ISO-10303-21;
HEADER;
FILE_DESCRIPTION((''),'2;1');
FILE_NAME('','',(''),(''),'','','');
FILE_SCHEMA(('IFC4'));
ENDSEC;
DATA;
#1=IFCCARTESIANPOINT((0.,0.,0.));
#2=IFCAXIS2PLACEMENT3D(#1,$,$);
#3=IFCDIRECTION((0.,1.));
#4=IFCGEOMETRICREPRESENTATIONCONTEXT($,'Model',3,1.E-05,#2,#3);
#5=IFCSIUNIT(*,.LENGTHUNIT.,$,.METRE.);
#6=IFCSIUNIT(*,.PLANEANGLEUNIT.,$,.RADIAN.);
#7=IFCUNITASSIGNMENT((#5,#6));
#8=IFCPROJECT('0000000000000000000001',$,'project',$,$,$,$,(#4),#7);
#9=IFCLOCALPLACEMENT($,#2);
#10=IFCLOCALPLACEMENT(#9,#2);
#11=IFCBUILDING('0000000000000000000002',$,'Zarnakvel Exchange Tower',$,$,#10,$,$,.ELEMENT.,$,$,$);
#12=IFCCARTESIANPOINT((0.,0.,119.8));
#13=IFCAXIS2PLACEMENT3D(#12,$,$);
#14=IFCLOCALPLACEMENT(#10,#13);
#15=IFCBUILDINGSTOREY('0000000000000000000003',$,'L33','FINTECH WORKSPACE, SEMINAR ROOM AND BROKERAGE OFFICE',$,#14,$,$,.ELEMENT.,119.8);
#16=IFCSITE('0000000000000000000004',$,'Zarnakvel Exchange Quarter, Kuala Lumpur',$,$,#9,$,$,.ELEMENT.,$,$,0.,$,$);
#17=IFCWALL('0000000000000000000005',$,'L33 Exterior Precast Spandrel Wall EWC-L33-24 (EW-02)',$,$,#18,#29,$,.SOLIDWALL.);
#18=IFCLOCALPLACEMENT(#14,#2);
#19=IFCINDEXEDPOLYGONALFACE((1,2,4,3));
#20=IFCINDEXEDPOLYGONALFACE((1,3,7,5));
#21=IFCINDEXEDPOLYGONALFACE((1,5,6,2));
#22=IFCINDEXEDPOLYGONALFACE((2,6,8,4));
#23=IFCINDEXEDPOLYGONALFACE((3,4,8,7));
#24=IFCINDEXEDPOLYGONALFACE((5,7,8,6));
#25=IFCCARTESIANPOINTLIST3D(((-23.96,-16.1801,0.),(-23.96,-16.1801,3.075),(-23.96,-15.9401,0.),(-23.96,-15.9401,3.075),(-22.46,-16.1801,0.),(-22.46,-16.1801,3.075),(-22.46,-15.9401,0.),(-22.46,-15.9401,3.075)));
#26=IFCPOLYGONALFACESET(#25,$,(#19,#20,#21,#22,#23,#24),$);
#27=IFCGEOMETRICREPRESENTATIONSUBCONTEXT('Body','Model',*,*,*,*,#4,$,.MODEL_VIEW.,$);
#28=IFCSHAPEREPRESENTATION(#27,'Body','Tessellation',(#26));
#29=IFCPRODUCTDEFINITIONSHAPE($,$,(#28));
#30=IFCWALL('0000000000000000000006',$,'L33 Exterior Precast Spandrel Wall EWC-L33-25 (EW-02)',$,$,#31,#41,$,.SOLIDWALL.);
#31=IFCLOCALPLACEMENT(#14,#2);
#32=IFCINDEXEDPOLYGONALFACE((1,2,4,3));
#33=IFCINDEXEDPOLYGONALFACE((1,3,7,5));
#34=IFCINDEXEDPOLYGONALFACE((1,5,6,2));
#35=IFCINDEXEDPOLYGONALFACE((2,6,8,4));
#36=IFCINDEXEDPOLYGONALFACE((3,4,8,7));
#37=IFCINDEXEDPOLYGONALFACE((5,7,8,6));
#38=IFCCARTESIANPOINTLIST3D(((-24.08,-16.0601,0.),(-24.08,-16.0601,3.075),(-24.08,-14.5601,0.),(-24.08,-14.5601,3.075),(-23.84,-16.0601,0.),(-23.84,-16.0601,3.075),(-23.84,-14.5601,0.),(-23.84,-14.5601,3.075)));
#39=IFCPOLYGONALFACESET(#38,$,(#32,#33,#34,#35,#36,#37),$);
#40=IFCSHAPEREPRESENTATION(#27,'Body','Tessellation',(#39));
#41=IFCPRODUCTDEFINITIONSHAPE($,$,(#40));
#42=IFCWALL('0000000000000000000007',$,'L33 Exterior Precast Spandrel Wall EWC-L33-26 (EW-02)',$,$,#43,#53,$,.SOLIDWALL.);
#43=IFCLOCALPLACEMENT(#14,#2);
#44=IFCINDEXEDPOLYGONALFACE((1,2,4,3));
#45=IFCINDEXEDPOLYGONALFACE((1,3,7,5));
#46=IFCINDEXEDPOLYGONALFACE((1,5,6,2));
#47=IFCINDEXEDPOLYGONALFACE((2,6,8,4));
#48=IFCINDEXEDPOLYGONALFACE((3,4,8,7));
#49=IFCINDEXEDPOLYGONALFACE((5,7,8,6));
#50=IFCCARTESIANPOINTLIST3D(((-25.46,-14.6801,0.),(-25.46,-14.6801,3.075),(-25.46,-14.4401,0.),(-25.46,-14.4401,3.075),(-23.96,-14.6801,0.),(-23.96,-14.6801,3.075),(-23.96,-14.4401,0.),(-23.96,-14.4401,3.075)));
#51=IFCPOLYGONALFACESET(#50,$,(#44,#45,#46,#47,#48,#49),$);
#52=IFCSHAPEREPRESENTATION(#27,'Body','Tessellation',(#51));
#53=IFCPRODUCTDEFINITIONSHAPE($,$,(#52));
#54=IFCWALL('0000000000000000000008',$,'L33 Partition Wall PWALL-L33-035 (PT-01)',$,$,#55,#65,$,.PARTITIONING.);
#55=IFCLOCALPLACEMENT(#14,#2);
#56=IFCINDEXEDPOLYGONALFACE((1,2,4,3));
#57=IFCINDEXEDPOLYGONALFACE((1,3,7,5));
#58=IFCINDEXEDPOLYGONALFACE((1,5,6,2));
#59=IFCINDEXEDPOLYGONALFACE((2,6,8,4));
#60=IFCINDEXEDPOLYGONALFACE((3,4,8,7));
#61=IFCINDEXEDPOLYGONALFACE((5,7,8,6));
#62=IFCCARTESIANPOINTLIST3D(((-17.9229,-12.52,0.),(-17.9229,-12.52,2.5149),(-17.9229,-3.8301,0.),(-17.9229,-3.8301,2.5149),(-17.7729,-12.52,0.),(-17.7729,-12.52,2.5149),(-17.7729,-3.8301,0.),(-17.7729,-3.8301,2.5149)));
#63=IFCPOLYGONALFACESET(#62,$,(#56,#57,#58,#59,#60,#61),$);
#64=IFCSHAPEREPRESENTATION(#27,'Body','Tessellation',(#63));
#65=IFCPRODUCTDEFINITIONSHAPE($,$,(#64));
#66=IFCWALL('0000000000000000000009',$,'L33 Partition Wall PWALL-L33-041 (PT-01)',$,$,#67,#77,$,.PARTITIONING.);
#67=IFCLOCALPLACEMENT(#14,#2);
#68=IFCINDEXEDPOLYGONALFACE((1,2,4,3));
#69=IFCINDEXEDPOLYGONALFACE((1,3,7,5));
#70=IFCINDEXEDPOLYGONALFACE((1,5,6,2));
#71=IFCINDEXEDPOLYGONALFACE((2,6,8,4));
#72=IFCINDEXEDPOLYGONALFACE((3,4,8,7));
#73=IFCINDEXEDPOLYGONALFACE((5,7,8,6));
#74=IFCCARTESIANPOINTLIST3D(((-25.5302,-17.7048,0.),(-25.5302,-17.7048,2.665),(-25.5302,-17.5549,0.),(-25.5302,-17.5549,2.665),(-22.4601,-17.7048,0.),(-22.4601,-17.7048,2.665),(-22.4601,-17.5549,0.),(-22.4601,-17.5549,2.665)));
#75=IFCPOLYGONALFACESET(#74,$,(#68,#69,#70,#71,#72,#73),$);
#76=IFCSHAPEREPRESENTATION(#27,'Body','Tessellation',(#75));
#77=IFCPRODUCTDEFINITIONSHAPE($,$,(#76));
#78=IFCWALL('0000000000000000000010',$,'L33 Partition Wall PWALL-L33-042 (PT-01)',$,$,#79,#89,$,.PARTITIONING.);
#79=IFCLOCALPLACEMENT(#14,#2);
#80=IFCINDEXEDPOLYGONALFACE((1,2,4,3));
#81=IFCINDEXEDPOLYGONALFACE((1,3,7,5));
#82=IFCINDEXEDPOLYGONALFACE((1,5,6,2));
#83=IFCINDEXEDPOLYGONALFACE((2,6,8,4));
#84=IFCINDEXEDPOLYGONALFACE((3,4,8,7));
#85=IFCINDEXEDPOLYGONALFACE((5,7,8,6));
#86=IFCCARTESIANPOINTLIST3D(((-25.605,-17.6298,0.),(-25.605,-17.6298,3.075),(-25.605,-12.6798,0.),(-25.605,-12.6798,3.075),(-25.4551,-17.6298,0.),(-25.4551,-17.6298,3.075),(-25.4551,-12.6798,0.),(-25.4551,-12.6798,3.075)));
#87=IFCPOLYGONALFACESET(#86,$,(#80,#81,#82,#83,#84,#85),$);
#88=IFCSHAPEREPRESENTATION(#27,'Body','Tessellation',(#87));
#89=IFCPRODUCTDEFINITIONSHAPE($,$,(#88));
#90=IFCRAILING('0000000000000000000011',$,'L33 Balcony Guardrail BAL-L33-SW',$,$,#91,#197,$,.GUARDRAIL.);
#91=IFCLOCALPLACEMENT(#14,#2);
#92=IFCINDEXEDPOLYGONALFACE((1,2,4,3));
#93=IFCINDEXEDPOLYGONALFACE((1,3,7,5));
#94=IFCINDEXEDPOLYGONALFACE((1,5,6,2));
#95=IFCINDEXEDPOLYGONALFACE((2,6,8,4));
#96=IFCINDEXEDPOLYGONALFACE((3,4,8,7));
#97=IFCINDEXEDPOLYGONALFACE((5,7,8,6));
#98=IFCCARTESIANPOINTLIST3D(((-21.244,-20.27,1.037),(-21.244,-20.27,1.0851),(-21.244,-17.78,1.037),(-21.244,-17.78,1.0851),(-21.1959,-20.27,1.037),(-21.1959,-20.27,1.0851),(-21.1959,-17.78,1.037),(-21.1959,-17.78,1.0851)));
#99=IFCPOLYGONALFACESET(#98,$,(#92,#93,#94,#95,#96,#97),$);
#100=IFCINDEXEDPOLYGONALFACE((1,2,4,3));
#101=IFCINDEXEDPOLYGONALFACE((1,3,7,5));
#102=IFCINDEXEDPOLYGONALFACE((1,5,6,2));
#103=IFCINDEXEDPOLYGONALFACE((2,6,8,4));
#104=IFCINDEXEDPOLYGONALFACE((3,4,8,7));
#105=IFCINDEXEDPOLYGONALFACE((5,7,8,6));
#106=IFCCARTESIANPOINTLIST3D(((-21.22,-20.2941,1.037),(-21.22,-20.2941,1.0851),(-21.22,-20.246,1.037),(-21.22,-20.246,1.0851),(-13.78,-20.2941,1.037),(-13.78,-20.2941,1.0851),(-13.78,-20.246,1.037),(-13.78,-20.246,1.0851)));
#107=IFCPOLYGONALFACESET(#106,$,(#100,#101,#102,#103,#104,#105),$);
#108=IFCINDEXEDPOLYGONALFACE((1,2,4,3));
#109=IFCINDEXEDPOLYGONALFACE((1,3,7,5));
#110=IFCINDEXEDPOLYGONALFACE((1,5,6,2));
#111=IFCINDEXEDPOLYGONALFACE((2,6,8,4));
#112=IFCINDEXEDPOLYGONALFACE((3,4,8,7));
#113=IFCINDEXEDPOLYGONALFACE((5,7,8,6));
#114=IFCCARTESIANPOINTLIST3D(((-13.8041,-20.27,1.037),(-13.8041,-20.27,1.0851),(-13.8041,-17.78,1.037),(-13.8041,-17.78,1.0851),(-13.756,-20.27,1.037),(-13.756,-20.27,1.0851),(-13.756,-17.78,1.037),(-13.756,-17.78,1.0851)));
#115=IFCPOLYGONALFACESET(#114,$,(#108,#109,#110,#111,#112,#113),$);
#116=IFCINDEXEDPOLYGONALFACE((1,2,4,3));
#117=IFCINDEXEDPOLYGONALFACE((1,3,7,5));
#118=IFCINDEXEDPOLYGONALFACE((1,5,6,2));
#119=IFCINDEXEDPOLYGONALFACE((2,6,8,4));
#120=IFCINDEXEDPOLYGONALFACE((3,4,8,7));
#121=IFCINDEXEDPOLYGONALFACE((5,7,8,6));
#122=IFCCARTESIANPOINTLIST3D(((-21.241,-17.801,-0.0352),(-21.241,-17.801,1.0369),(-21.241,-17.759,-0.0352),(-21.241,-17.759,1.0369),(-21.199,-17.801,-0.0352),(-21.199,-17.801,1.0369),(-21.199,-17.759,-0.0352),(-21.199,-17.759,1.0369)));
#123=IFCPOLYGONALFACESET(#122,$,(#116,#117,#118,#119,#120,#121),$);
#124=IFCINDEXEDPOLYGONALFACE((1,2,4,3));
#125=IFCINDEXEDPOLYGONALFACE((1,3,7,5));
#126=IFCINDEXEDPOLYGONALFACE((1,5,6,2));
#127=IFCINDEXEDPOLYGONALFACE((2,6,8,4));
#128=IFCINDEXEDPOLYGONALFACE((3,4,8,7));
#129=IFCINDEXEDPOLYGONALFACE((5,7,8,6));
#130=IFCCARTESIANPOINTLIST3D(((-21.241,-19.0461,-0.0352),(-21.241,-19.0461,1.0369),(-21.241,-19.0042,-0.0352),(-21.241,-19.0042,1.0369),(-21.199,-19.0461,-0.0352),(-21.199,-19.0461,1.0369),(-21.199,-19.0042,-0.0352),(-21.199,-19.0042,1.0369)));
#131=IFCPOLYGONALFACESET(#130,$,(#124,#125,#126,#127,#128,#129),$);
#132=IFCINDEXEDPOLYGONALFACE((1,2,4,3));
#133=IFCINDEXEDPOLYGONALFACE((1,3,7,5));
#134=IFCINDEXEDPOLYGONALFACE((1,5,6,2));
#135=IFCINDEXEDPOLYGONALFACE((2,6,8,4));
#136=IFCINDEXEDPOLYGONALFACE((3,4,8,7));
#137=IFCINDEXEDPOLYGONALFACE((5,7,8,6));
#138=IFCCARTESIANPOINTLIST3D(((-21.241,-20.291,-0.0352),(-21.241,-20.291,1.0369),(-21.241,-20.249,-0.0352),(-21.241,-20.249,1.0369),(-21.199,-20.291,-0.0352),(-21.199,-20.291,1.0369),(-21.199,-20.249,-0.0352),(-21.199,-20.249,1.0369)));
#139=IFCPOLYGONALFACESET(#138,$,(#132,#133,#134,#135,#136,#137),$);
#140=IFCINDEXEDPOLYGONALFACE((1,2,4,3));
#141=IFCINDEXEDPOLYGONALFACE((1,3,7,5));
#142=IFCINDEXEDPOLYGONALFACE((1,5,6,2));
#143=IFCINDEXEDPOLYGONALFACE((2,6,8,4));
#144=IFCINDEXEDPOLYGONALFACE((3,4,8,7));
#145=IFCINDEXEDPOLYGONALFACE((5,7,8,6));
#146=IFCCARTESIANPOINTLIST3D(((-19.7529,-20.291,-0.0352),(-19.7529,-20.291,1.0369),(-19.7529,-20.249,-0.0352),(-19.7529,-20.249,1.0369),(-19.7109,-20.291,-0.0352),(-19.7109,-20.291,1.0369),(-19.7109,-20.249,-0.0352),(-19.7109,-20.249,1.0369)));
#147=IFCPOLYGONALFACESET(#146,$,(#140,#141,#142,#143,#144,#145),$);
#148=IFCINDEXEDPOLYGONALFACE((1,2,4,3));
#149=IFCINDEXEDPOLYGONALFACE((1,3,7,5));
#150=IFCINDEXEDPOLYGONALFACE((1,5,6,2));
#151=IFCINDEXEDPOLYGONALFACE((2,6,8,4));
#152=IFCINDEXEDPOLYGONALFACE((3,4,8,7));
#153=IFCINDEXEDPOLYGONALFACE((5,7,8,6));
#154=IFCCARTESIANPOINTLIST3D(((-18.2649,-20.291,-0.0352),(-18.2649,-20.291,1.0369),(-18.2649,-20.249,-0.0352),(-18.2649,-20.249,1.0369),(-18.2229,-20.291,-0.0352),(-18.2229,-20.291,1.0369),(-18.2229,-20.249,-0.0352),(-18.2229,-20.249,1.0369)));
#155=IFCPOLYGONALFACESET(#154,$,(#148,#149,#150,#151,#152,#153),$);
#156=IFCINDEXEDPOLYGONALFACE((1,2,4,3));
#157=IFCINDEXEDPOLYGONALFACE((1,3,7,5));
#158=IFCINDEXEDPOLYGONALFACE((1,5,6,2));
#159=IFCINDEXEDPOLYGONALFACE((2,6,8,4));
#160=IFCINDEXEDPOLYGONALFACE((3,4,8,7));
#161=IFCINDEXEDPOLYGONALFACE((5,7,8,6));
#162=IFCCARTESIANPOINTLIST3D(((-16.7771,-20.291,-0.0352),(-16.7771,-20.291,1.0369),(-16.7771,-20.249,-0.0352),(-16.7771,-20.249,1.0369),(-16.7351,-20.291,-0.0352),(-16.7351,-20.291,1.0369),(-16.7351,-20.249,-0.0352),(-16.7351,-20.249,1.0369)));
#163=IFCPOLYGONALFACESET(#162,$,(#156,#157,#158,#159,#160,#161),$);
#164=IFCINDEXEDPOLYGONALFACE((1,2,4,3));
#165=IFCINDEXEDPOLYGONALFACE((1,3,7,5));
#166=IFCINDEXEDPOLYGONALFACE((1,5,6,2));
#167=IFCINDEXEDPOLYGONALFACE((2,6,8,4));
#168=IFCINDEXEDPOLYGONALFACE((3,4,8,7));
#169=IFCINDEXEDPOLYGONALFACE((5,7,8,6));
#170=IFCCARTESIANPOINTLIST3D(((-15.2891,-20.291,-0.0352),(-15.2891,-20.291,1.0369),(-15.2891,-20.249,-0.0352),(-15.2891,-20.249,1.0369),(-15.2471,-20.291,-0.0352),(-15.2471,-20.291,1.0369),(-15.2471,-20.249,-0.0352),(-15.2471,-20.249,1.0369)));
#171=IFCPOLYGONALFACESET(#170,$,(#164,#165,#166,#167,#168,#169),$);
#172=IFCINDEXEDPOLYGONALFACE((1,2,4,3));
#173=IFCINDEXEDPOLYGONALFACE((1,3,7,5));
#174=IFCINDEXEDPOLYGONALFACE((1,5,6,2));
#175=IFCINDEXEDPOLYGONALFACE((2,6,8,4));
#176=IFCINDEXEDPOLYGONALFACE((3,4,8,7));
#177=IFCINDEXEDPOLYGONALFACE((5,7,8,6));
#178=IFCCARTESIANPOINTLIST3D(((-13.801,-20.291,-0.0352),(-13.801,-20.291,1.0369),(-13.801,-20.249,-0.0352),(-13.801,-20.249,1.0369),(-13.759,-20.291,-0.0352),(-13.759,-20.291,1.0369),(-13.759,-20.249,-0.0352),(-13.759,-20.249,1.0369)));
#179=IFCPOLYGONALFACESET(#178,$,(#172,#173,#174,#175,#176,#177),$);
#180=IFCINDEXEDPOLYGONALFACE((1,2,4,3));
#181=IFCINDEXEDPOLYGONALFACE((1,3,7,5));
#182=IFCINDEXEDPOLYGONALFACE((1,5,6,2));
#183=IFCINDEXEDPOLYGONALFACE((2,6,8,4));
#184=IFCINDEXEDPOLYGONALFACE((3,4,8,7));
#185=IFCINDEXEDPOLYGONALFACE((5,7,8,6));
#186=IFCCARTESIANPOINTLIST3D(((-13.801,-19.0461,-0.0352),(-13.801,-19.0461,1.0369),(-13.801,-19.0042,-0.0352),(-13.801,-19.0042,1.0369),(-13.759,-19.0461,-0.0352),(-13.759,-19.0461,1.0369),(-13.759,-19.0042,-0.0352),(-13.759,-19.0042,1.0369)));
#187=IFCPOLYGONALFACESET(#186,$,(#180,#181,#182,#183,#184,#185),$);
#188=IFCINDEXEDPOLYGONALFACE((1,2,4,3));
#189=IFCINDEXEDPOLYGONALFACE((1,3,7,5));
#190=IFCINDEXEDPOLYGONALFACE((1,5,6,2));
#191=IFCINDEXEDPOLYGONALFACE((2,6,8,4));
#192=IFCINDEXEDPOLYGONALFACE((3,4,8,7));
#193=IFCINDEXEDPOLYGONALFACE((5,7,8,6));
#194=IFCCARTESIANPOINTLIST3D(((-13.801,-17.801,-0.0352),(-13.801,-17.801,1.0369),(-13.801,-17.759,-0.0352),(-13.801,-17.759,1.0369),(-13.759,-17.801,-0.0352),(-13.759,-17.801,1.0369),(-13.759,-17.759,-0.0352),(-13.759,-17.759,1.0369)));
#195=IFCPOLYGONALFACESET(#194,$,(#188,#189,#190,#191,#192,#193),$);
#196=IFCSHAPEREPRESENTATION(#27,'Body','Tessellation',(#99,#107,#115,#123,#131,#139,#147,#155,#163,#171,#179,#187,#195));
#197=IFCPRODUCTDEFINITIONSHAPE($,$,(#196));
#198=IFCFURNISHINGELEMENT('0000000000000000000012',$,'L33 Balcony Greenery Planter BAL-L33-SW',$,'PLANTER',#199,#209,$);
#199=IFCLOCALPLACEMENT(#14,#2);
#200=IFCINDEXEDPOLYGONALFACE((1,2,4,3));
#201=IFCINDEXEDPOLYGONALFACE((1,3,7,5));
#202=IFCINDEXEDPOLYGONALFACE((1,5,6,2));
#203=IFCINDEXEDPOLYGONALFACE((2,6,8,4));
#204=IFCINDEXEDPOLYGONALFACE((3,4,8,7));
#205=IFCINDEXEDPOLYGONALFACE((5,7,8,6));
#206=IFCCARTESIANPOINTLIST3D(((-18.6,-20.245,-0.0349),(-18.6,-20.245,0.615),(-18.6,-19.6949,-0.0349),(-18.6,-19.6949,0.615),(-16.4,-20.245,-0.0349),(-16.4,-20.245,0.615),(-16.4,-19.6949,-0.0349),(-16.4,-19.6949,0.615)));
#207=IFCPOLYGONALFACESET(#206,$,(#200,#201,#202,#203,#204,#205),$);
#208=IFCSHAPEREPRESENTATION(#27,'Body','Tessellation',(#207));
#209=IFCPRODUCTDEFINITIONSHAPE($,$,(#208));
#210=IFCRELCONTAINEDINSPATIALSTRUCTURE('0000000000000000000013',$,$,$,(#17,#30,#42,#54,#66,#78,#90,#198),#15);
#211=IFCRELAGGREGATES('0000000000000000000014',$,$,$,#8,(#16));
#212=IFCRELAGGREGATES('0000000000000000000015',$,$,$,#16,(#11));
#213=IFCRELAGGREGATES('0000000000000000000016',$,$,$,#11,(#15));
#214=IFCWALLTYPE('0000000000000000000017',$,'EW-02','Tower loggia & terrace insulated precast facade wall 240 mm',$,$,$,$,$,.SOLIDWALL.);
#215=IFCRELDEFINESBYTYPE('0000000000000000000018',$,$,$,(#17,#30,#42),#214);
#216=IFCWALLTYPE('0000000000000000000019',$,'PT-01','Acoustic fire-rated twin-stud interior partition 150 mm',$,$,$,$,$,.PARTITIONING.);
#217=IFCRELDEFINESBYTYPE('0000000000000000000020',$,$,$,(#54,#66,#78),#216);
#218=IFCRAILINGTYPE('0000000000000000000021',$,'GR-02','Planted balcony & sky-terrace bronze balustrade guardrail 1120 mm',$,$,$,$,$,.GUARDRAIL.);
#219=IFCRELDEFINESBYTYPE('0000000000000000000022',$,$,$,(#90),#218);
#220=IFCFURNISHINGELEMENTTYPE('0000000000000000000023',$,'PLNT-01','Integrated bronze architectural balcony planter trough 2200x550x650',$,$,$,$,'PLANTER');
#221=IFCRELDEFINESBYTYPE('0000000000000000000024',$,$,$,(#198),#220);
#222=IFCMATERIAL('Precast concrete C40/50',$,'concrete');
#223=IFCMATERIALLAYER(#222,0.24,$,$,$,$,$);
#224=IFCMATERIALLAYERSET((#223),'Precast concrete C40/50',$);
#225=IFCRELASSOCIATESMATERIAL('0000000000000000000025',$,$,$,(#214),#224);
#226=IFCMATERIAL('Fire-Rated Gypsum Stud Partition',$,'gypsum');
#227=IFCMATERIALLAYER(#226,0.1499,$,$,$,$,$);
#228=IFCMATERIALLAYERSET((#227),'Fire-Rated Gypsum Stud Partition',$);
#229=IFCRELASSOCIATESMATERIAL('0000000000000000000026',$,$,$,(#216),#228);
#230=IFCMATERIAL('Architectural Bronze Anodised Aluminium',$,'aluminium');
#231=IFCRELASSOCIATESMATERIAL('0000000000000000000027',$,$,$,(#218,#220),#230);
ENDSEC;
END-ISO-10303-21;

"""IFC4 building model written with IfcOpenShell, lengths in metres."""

from ifc_helpers import new_model, si_unit, direction, frame, frame_2d, origin, origin_2d, place, context, subcontext, project, spatial, rectangle, extrude, source, transform, mapped, material, layer, layer_set, type_object, element, save


model = new_model("IFC4")

# Units and contexts
model_context = context("Model", 3, precision=1e-05, world=origin(), true_north=direction((0.0, 1.0)))
body_context = subcontext(model_context, "Body", "Model", "MODEL_VIEW")
ifc_project = project(units=[si_unit("LENGTHUNIT", "METRE"), si_unit("PLANEANGLEUNIT", "RADIAN")], contexts=[model_context])

# Site, building, storey
site_placement = place(None, origin())
site = spatial("IfcSite", under=ifc_project, at=site_placement, Name="Zarnakvel Exchange Quarter, Kuala Lumpur", CompositionType="ELEMENT", RefElevation=0.0)
building_placement = place(site_placement, origin())
building = spatial("IfcBuilding", under=site, at=building_placement, Name="Zarnakvel Exchange Tower", CompositionType="ELEMENT")
storey_placement = place(building_placement, frame((0.0, 0.0, 119.8)))
storey = spatial("IfcBuildingStorey", under=building, at=storey_placement, Name="L33", Description="FINTECH WORKSPACE, SEMINAR ROOM AND BROKERAGE OFFICE", CompositionType="ELEMENT", Elevation=119.8)

# Shared definitions
ifc_material_1 = material(Name="Architectural Bronze Anodised Aluminium", Category="aluminium")

# Walls
ifc_material_2 = material(Name="Precast concrete C40/50", Category="concrete")
ifc_layer_1 = layer(ifc_material_2, 0.24)
ifc_layer_set_1 = layer_set([ifc_layer_1], Name="Precast concrete C40/50")
wall_type_1 = type_object("IfcWallType", Name="EW-02", Description="Tower loggia & terrace insulated precast facade wall 240 mm", PredefinedType="SOLIDWALL", material=ifc_layer_set_1)
for number, where, z_axis, x_axis, name in (
    (1, (-23.96, -16.0601, 0.0), (0.0, 0.0, 1.0), (1.0, 0.0, 0.0), "L33 Exterior Precast Spandrel Wall EWC-L33-24 (EW-02)"),
    (2, (-23.96, -14.5601, 0.0), (0.0, 0.0, 1.0), (0.0, -1.0, 0.0), "L33 Exterior Precast Spandrel Wall EWC-L33-25 (EW-02)"),
    (3, (-25.46, -14.5601, 0.0), (0.0, 0.0, 1.0), (1.0, 0.0, 0.0), "L33 Exterior Precast Spandrel Wall EWC-L33-26 (EW-02)"),
):
    element("IfcWall", number, at=place(storey_placement, frame(where, z_axis=z_axis, x_axis=x_axis)), inside=storey, type_object=wall_type_1, Name=name, PredefinedType="SOLIDWALL", context=body_context, shape_type="SweptSolid", body=[
        extrude(rectangle(XDim=1.5, YDim=0.24, at=frame_2d((0.75, 0.0))), origin(), (0.0, 0.0, 1.0), 3.075),
    ])
ifc_material_3 = material(Name="Fire-Rated Gypsum Stud Partition", Category="gypsum")
ifc_layer_2 = layer(ifc_material_3, 0.1499)
ifc_layer_set_2 = layer_set([ifc_layer_2], Name="Fire-Rated Gypsum Stud Partition")
wall_type_2 = type_object("IfcWallType", Name="PT-01", Description="Acoustic fire-rated twin-stud interior partition 150 mm", PredefinedType="PARTITIONING", material=ifc_layer_set_2)
wall_1_placement = place(storey_placement, frame((-17.8479, -12.52, 0.0), z_axis=(0.0, 0.0, 1.0), x_axis=(0.0, 1.0, 0.0)))
element("IfcWall", 4, at=wall_1_placement, inside=storey, type_object=wall_type_2, Name="L33 Partition Wall PWALL-L33-035 (PT-01)", PredefinedType="PARTITIONING", context=body_context, shape_type="SweptSolid", body=[
    extrude(rectangle(XDim=8.6899, YDim=0.1499, at=frame_2d((4.345, 0.0))), origin(), (0.0, 0.0, 1.0), 2.5149),
])
wall_2_placement = place(storey_placement, frame((-22.46, -17.6299, 0.0), z_axis=(0.0, 0.0, 1.0), x_axis=(-1.0, 0.0, 0.0)))
element("IfcWall", 5, at=wall_2_placement, inside=storey, type_object=wall_type_2, Name="L33 Partition Wall PWALL-L33-041 (PT-01)", PredefinedType="PARTITIONING", context=body_context, shape_type="SweptSolid", body=[
    extrude(rectangle(XDim=3.0701, YDim=0.1499, at=frame_2d((1.5352, 0.0))), origin(), (0.0, 0.0, 1.0), 2.665),
])
wall_3_placement = place(storey_placement, frame((-25.53, -17.6299, 0.0), z_axis=(0.0, 0.0, 1.0), x_axis=(0.0, 1.0, 0.0)))
element("IfcWall", 6, at=wall_3_placement, inside=storey, type_object=wall_type_2, Name="L33 Partition Wall PWALL-L33-042 (PT-01)", PredefinedType="PARTITIONING", context=body_context, shape_type="SweptSolid", body=[
    extrude(rectangle(XDim=4.95, YDim=0.1499, at=frame_2d((2.4751, 0.0))), origin(), (0.0, 0.0, 1.0), 3.075),
])

# Railing
railing_type = type_object("IfcRailingType", Name="GR-02", Description="Planted balcony & sky-terrace bronze balustrade guardrail 1120 mm", PredefinedType="GUARDRAIL", material=ifc_material_1)
railing_placement = place(storey_placement, frame((-21.22, -17.78, -0.0352)))
element("IfcRailing", 7, at=railing_placement, inside=storey, type_object=railing_type, Name="L33 Balcony Guardrail BAL-L33-SW", PredefinedType="GUARDRAIL", context=body_context, shape_type="SweptSolid", body=[
    extrude(rectangle(XDim=0.0481, YDim=0.0481, at=origin_2d()), frame((0.0, 0.0, 1.0962), z_axis=(0.0, -1.0, 0.0), x_axis=(1.0, 0.0, 0.0)), (0.0, 0.0, 1.0), 2.49),
    extrude(rectangle(XDim=0.0481, YDim=0.0481, at=origin_2d()), frame((0.0, -2.49, 1.0962), z_axis=(1.0, 0.0, 0.0), x_axis=(0.0, 1.0, 0.0)), (0.0, 0.0, 1.0), 7.4399),
    extrude(rectangle(XDim=0.0481, YDim=0.0481, at=origin_2d()), frame((7.4399, -2.49, 1.0962), z_axis=(0.0, 1.0, 0.0), x_axis=(-1.0, 0.0, 0.0)), (0.0, 0.0, 1.0), 2.49),
    extrude(rectangle(XDim=0.042, YDim=0.042, at=origin_2d()), origin(), (0.0, 0.0, 1.0), 1.072),
    extrude(rectangle(XDim=0.042, YDim=0.042, at=origin_2d()), frame((0.0, -1.2451, 0.0)), (0.0, 0.0, 1.0), 1.072),
    extrude(rectangle(XDim=0.042, YDim=0.042, at=origin_2d()), frame((0.0, -2.49, 0.0)), (0.0, 0.0, 1.0), 1.072),
    extrude(rectangle(XDim=0.042, YDim=0.042, at=origin_2d()), frame((1.488, -2.49, 0.0)), (0.0, 0.0, 1.0), 1.072),
    extrude(rectangle(XDim=0.042, YDim=0.042, at=origin_2d()), frame((2.9761, -2.49, 0.0)), (0.0, 0.0, 1.0), 1.072),
    extrude(rectangle(XDim=0.042, YDim=0.042, at=origin_2d()), frame((4.4639, -2.49, 0.0)), (0.0, 0.0, 1.0), 1.072),
    extrude(rectangle(XDim=0.042, YDim=0.042, at=origin_2d()), frame((5.9519, -2.49, 0.0)), (0.0, 0.0, 1.0), 1.072),
    extrude(rectangle(XDim=0.042, YDim=0.042, at=origin_2d()), frame((7.4399, -2.49, 0.0)), (0.0, 0.0, 1.0), 1.072),
    extrude(rectangle(XDim=0.042, YDim=0.042, at=origin_2d()), frame((7.4399, -1.2451, 0.0)), (0.0, 0.0, 1.0), 1.072),
    extrude(rectangle(XDim=0.042, YDim=0.042, at=origin_2d()), frame((7.4399, 0.0, 0.0)), (0.0, 0.0, 1.0), 1.072),
])

# Furnishing element
furnishing_element_type = type_object("IfcFurnishingElementType", Name="PLNT-01", Description="Integrated bronze architectural balcony planter trough 2200x550x650", ElementType="PLANTER", material=ifc_material_1)
shared_shape_1 = source(origin(), body_context, "Body", "SweptSolid", [
    extrude(rectangle(XDim=2.2, YDim=0.55, at=origin_2d()), origin(), (0.0, 0.0, 1.0), 0.6499),
])
furnishing_placement = place(storey_placement, frame((-17.5, -19.97, -0.0349), z_axis=(0.0, 0.0, 1.0), x_axis=(1.0, 0.0, 0.0)))
element("IfcFurnishingElement", 8, at=furnishing_placement, inside=storey, type_object=furnishing_element_type, Name="L33 Balcony Greenery Planter BAL-L33-SW", ObjectType="PLANTER", context=body_context, shape_type="MappedRepresentation", body=[
    mapped(shared_shape_1, transform((0.0, 0.0, 0.0), x_axis=(1.0, 0.0, 0.0), y_axis=(0.0, 1.0, 0.0), z_axis=(0.0, 0.0, 1.0), scale=1.0)),
])

save(model, "model.ifc")
